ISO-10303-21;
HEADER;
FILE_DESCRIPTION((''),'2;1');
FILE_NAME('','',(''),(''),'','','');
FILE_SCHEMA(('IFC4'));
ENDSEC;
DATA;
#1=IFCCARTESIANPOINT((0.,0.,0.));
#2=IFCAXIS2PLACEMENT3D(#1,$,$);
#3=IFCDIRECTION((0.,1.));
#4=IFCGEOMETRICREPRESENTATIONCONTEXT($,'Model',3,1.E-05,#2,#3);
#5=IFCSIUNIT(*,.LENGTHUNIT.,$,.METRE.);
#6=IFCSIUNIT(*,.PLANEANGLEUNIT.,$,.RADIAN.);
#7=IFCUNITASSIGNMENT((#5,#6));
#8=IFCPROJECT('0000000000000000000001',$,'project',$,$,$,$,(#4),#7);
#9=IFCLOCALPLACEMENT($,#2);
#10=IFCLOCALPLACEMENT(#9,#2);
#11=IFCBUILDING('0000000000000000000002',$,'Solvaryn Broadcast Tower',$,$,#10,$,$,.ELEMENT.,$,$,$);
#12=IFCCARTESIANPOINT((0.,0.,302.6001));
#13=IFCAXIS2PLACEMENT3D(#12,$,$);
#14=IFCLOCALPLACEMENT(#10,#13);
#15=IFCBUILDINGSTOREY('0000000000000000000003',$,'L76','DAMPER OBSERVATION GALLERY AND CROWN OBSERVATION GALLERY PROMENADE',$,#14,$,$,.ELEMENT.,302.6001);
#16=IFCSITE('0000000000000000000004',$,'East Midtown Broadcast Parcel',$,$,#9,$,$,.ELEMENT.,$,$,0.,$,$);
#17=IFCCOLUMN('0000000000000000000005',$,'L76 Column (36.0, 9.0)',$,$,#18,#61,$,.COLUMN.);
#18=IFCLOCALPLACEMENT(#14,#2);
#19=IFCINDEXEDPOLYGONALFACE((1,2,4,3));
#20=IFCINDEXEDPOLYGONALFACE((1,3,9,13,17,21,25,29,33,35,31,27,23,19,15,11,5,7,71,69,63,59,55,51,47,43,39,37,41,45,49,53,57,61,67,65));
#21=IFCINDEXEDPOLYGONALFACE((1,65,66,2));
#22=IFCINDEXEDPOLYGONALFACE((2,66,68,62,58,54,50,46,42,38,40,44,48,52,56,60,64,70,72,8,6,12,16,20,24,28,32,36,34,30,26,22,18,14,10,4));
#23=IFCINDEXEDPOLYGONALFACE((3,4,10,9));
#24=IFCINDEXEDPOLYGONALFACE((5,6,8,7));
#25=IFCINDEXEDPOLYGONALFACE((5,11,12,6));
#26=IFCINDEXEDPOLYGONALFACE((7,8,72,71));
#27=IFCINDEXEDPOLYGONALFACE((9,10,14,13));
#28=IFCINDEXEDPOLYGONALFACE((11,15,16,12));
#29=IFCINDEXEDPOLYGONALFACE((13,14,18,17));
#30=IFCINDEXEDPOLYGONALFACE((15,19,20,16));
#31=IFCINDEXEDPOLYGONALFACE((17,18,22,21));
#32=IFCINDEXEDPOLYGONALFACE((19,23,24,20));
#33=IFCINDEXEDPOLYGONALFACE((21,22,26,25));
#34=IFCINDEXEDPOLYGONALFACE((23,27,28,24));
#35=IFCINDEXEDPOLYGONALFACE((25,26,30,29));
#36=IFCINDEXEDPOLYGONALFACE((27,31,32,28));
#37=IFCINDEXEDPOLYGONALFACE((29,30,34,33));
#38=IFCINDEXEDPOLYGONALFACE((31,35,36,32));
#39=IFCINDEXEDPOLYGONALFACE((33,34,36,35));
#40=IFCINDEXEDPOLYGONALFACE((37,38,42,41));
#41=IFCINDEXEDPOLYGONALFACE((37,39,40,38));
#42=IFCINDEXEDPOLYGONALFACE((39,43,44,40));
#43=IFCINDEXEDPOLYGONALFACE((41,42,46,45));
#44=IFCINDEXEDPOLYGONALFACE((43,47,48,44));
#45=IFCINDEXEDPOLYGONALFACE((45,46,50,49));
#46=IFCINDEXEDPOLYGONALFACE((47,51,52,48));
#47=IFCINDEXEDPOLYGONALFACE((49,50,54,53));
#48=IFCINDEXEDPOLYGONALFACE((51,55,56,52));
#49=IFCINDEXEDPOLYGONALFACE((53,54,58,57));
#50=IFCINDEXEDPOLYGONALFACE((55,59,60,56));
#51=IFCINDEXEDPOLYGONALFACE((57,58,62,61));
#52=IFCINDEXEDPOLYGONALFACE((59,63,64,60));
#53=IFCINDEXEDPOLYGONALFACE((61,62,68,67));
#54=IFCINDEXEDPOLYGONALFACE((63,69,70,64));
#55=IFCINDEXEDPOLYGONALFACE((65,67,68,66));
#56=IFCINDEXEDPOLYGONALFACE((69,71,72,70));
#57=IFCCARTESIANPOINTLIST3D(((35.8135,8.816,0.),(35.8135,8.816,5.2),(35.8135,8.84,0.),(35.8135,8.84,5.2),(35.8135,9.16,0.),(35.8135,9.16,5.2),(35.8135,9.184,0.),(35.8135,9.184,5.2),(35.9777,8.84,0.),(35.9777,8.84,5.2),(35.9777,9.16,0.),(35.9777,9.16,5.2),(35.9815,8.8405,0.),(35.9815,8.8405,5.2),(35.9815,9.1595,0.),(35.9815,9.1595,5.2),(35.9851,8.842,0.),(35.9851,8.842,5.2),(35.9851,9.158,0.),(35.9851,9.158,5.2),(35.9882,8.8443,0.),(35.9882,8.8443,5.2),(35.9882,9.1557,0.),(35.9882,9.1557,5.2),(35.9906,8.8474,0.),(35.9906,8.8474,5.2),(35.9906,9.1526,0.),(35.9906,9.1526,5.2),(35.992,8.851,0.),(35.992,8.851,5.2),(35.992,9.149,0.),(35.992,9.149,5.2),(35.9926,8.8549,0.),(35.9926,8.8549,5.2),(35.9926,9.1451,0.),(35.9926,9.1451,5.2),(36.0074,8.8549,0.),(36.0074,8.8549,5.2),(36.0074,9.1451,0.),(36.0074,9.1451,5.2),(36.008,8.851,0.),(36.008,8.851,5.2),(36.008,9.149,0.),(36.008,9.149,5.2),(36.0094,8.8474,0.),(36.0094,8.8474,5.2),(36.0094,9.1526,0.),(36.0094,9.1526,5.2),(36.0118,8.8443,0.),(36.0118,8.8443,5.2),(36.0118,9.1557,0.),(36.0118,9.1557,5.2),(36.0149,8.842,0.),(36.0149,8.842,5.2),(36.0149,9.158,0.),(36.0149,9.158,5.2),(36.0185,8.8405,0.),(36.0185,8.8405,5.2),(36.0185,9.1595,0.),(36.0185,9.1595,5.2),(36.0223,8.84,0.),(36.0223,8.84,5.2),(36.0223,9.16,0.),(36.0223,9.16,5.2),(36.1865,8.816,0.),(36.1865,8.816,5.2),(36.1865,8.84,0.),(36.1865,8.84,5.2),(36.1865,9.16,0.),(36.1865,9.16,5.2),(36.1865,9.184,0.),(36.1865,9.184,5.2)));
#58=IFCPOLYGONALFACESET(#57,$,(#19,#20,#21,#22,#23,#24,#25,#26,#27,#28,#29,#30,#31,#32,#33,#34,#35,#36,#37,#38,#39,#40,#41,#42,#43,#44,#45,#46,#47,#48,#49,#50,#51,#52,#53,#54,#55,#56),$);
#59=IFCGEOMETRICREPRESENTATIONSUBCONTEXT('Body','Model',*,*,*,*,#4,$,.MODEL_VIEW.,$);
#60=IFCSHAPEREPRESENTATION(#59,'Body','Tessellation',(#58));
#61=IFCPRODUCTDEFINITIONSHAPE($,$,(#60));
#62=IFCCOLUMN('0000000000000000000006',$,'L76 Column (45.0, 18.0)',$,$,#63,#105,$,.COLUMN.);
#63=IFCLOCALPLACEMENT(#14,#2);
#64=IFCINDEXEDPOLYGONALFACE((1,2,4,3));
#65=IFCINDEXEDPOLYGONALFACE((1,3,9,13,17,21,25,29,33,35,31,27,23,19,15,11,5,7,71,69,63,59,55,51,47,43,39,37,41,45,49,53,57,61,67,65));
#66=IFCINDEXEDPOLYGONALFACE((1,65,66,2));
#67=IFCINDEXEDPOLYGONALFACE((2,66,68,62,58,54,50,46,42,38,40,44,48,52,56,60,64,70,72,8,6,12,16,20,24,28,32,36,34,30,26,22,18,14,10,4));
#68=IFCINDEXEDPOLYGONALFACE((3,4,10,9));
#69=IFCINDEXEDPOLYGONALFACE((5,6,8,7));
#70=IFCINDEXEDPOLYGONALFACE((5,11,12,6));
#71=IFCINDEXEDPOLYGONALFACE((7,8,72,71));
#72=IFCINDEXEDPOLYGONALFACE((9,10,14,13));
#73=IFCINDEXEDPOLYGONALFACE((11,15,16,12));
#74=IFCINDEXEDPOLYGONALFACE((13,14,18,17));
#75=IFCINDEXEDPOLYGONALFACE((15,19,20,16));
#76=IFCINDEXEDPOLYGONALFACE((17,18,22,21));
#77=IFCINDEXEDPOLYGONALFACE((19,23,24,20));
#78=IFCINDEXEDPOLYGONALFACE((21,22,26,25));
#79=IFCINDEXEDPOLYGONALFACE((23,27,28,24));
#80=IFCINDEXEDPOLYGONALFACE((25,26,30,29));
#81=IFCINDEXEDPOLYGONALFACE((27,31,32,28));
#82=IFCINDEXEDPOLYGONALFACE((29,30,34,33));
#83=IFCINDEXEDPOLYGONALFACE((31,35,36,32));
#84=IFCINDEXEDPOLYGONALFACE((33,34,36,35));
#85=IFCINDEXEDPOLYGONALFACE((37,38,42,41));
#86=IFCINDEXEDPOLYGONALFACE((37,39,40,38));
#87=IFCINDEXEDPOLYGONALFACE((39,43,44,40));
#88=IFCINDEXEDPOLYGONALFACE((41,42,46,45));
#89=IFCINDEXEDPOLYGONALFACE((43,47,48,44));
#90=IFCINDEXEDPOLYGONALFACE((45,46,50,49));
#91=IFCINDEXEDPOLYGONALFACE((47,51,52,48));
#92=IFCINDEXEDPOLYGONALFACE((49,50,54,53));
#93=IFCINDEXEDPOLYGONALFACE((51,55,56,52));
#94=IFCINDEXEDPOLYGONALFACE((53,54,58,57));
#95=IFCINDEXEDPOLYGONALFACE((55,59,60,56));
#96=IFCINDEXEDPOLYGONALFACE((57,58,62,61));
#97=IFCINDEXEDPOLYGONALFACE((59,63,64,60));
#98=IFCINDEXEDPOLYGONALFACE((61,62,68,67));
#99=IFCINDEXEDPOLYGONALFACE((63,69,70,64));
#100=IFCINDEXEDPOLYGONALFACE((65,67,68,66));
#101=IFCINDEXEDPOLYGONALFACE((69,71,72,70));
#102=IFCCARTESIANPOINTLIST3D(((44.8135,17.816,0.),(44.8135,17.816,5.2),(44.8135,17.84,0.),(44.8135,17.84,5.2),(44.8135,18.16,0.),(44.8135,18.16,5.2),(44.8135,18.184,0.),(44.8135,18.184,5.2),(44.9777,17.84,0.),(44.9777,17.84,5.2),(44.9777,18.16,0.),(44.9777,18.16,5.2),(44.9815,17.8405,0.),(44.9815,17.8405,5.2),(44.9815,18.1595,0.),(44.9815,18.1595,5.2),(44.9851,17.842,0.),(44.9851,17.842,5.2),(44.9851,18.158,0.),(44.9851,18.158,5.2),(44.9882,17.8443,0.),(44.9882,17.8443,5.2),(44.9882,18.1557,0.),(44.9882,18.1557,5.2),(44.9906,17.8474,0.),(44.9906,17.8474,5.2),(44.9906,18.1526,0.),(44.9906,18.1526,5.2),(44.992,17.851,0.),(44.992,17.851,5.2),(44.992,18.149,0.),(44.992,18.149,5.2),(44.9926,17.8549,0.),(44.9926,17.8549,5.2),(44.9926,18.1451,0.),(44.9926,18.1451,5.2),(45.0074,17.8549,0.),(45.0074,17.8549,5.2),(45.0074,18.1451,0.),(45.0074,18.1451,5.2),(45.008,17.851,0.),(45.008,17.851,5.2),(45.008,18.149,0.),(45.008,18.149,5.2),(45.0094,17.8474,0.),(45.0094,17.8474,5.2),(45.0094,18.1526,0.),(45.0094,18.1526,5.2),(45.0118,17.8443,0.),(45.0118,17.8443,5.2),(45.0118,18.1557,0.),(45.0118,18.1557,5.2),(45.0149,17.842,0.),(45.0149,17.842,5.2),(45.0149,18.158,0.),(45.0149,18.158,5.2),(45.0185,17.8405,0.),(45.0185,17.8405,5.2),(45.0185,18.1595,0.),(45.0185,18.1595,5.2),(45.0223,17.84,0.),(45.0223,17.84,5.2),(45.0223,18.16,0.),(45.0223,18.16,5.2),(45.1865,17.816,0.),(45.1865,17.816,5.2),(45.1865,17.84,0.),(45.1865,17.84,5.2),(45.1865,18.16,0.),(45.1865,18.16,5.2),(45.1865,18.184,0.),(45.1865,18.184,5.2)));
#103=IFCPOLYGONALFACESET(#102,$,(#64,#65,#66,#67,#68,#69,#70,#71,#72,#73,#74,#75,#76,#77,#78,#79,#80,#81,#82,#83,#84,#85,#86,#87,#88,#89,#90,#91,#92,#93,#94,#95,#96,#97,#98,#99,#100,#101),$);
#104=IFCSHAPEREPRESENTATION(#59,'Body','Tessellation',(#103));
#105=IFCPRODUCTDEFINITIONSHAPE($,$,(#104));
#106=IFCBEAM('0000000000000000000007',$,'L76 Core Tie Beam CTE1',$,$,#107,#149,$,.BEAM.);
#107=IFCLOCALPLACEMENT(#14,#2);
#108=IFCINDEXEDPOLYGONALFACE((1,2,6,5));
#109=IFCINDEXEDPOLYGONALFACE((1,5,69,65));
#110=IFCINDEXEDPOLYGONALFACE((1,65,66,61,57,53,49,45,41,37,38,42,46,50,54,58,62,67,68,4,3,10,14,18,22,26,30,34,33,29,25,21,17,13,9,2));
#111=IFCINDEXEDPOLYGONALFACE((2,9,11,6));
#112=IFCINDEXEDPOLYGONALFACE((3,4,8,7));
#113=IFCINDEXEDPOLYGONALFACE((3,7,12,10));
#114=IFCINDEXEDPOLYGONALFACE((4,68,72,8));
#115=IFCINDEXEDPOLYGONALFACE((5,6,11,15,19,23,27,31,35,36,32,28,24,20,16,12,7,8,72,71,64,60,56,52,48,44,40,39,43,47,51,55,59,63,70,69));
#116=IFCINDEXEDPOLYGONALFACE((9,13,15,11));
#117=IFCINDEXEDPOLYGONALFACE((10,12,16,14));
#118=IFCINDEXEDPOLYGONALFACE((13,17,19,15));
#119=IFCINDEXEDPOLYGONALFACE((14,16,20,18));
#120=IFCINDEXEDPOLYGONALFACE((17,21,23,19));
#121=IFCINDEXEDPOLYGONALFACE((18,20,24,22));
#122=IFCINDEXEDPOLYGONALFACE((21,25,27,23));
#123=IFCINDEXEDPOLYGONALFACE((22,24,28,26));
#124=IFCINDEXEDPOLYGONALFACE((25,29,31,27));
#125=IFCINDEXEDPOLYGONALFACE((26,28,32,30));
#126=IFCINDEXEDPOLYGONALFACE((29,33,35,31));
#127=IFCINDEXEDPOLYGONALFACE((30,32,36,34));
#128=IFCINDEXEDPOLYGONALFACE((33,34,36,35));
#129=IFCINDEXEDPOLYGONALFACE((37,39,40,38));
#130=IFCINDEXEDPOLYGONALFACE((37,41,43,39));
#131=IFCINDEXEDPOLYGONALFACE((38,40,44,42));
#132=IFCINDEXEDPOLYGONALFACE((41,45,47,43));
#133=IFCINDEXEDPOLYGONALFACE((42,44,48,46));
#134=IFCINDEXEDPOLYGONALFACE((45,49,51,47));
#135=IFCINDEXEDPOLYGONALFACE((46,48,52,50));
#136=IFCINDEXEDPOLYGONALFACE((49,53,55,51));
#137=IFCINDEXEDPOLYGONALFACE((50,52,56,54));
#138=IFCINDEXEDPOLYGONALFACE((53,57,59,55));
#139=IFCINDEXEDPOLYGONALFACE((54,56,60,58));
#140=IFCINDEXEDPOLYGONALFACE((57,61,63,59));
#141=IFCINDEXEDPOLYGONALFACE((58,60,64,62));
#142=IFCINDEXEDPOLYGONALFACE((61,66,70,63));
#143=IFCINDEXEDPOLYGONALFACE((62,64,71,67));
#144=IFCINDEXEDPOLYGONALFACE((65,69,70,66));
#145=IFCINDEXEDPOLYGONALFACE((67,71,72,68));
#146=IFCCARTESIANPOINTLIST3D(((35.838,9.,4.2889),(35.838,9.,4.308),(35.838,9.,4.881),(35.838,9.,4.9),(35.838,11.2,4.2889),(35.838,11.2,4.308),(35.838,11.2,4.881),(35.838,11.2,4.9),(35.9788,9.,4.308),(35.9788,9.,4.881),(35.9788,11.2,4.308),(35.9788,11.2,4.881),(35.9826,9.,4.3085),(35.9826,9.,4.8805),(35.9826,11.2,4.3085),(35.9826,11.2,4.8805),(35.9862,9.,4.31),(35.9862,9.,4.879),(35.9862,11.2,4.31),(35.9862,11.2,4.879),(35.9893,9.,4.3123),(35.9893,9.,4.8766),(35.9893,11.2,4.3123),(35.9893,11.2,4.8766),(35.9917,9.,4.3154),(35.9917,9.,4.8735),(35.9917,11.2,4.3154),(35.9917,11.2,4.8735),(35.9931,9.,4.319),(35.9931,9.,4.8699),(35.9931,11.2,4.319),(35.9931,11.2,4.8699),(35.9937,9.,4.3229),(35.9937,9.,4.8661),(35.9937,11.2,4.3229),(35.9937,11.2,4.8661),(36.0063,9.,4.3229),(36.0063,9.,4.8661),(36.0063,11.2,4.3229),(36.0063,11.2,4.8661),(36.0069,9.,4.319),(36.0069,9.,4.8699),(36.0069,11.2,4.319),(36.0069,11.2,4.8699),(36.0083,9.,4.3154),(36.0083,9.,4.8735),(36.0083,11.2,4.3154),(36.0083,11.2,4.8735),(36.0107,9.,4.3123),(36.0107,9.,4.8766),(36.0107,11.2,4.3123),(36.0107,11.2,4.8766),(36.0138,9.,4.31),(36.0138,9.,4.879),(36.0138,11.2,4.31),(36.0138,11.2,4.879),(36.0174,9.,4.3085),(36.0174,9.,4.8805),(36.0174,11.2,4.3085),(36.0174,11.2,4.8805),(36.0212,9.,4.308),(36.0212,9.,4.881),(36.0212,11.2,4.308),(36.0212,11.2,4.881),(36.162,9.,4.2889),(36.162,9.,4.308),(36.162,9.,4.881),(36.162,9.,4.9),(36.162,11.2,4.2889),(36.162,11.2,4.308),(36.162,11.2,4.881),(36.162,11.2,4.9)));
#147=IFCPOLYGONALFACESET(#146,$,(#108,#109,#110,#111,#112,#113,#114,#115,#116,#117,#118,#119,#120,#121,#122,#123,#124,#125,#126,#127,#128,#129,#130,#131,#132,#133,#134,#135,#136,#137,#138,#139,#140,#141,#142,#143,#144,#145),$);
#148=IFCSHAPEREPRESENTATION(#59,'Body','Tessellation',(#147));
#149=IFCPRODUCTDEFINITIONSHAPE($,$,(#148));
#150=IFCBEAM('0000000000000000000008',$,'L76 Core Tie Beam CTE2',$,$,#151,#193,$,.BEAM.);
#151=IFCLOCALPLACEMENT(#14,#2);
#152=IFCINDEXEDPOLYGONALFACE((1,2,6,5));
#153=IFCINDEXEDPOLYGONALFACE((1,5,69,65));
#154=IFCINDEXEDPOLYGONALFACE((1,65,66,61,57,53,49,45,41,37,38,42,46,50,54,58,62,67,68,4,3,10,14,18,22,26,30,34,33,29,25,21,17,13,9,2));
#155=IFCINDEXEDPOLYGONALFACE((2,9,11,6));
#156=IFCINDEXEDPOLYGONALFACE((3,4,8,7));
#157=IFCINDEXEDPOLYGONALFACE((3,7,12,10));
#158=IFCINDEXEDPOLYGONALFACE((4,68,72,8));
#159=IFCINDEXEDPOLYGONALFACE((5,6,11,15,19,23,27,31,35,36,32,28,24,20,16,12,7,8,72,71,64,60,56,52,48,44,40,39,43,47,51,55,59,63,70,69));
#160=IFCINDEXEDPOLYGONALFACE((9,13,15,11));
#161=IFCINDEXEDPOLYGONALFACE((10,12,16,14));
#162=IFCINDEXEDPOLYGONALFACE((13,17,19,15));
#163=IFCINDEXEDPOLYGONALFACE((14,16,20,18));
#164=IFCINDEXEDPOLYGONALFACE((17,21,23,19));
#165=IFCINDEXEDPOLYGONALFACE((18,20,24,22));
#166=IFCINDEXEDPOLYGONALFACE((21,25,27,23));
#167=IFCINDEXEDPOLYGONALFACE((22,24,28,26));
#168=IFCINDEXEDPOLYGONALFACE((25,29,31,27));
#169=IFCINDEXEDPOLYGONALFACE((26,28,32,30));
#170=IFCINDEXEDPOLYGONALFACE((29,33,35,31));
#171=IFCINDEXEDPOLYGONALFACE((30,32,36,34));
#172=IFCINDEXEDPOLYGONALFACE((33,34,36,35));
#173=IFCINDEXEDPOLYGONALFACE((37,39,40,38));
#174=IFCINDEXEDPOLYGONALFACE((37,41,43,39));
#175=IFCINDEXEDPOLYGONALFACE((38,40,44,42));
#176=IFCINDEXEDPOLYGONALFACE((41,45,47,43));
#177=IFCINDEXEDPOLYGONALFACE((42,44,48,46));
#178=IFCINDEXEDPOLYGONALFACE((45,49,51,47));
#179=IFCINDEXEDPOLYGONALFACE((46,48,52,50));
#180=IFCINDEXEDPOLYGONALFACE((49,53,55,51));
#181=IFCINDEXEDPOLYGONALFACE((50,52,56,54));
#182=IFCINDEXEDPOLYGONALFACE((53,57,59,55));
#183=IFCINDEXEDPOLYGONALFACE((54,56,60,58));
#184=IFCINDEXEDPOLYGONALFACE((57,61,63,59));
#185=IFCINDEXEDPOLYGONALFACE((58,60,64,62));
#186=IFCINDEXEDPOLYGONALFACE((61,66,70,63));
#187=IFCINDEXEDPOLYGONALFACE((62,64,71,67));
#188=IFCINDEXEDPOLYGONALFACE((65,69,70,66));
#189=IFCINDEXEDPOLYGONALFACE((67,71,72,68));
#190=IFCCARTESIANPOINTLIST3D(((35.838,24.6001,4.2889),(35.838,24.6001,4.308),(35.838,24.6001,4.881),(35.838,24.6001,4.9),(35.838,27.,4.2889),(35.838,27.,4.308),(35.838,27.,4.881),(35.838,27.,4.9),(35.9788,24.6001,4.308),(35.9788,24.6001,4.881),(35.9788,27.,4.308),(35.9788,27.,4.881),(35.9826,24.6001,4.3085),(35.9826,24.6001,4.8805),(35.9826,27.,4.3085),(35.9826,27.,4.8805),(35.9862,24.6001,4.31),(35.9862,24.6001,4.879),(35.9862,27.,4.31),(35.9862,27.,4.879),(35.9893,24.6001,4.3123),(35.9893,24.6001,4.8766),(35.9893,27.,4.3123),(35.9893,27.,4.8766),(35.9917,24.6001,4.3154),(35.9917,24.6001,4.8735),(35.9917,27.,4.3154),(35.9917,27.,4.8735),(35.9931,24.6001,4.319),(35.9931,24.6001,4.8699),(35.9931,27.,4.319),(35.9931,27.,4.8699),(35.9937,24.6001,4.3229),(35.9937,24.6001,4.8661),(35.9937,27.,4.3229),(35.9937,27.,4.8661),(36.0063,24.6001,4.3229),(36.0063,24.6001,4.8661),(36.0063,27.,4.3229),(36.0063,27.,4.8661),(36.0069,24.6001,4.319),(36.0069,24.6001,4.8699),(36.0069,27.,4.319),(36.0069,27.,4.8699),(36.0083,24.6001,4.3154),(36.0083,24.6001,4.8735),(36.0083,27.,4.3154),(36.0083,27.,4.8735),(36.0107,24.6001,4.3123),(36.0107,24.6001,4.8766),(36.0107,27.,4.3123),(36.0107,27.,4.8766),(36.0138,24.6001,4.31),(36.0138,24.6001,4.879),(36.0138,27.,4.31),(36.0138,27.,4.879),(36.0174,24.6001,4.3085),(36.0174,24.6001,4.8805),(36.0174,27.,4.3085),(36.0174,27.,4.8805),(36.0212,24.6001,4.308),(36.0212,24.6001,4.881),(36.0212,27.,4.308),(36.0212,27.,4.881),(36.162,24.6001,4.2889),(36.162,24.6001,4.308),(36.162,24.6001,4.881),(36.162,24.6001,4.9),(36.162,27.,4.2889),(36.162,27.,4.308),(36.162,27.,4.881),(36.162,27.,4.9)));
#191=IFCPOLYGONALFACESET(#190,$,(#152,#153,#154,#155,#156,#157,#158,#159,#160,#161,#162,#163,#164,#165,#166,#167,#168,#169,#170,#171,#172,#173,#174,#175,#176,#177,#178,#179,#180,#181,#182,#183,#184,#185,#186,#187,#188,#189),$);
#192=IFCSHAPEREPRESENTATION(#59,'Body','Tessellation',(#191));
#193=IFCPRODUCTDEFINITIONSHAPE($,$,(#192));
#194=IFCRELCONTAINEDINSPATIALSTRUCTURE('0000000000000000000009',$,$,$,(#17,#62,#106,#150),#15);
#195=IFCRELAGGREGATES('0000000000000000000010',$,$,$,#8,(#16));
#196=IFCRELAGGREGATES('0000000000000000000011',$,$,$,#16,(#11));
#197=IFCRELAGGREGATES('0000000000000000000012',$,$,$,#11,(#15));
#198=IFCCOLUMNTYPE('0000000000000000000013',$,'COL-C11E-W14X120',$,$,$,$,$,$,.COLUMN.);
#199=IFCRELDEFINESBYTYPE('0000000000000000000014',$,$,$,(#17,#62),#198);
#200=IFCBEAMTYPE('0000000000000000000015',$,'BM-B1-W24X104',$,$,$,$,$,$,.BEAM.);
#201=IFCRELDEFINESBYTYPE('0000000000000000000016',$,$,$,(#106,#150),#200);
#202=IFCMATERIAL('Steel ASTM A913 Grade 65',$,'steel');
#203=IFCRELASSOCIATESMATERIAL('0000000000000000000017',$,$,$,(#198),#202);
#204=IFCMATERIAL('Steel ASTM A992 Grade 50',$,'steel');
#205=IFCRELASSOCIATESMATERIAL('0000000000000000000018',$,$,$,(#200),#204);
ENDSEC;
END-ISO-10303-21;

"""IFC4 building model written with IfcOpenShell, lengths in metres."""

from ifc_helpers import new_model, si_unit, direction, frame, origin, origin_2d, place, context, subcontext, project, spatial, i_section, extrude, material, material_profile, profile_set, type_object, element, save


model = new_model("IFC4")

# Units and contexts
model_context = context("Model", 3, precision=1e-05, world=origin(), true_north=direction((0.0, 1.0)))
body_context = subcontext(model_context, "Body", "Model", "MODEL_VIEW")
ifc_project = project(units=[si_unit("LENGTHUNIT", "METRE"), si_unit("PLANEANGLEUNIT", "RADIAN")], contexts=[model_context])

# Site, building, storey
site_placement = place(None, origin())
site = spatial("IfcSite", under=ifc_project, at=site_placement, Name="East Midtown Broadcast Parcel", CompositionType="ELEMENT", RefElevation=0.0)
building_placement = place(site_placement, origin())
building = spatial("IfcBuilding", under=site, at=building_placement, Name="Solvaryn Broadcast Tower", CompositionType="ELEMENT")
storey_placement = place(building_placement, frame((0.0, 0.0, 302.6001)))
storey = spatial("IfcBuildingStorey", under=building, at=storey_placement, Name="L76", Description="DAMPER OBSERVATION GALLERY AND CROWN OBSERVATION GALLERY PROMENADE", CompositionType="ELEMENT", Elevation=302.6001)

# Columns
ifc_material_1 = material(Name="Steel ASTM A913 Grade 65", Category="steel")
ifc_material_profile_1 = material_profile(ifc_material_1, i_section(OverallWidth=0.373, OverallDepth=0.3679, WebThickness=0.0149, FlangeThickness=0.0239, FilletRadius=0.0149, at=origin_2d()))
ifc_profile_set_1 = profile_set([ifc_material_profile_1], Name="Steel ASTM A913 Grade 65")
column_type = type_object("IfcColumnType", Name="COL-C11E-W14X120", PredefinedType="COLUMN", material=ifc_profile_set_1)
for number, where, z_axis, x_axis, name in (
    (1, (36.0, 9.0, 0.0), (0.0, 0.0, 1.0), (1.0, 0.0, 0.0), "L76 Column (36.0, 9.0)"),
    (2, (45.0, 18.0, 0.0), (0.0, 0.0, 1.0), (1.0, 0.0, 0.0), "L76 Column (45.0, 18.0)"),
):
    element("IfcColumn", number, at=place(storey_placement, frame(where, z_axis=z_axis, x_axis=x_axis)), inside=storey, type_object=column_type, Name=name, PredefinedType="COLUMN", context=body_context, shape_type="SweptSolid", body=[
        extrude(i_section(OverallWidth=0.373, OverallDepth=0.3679, WebThickness=0.0149, FlangeThickness=0.0239, FilletRadius=0.0149, at=origin_2d()), origin(), (0.0, 0.0, 1.0), 5.2),
    ])

# Beams
ifc_material_2 = material(Name="Steel ASTM A992 Grade 50", Category="steel")
ifc_material_profile_2 = material_profile(ifc_material_2, i_section(OverallWidth=0.324, OverallDepth=0.6111, WebThickness=0.0127, FlangeThickness=0.019, FilletRadius=0.0149, at=origin_2d()))
ifc_profile_set_2 = profile_set([ifc_material_profile_2], Name="Steel ASTM A992 Grade 50")
beam_type = type_object("IfcBeamType", Name="BM-B1-W24X104", PredefinedType="BEAM", material=ifc_profile_set_2)
beam_1_placement = place(storey_placement, frame((36.0, 9.0, 4.5945), z_axis=(0.0, 1.0, 0.0), x_axis=(-1.0, 0.0, 0.0)))
element("IfcBeam", 3, at=beam_1_placement, inside=storey, type_object=beam_type, Name="L76 Core Tie Beam CTE1", PredefinedType="BEAM", context=body_context, shape_type="SweptSolid", body=[
    extrude(i_section(OverallWidth=0.324, OverallDepth=0.6111, WebThickness=0.0127, FlangeThickness=0.019, FilletRadius=0.0149, at=origin_2d()), origin(), (0.0, 0.0, 1.0), 2.2),
])
beam_2_placement = place(storey_placement, frame((36.0, 24.6001, 4.5945), z_axis=(0.0, 1.0, 0.0), x_axis=(-1.0, 0.0, 0.0)))
element("IfcBeam", 4, at=beam_2_placement, inside=storey, type_object=beam_type, Name="L76 Core Tie Beam CTE2", PredefinedType="BEAM", context=body_context, shape_type="SweptSolid", body=[
    extrude(i_section(OverallWidth=0.324, OverallDepth=0.6111, WebThickness=0.0127, FlangeThickness=0.019, FilletRadius=0.0149, at=origin_2d()), origin(), (0.0, 0.0, 1.0), 2.3999),
])

save(model, "model.ifc")
